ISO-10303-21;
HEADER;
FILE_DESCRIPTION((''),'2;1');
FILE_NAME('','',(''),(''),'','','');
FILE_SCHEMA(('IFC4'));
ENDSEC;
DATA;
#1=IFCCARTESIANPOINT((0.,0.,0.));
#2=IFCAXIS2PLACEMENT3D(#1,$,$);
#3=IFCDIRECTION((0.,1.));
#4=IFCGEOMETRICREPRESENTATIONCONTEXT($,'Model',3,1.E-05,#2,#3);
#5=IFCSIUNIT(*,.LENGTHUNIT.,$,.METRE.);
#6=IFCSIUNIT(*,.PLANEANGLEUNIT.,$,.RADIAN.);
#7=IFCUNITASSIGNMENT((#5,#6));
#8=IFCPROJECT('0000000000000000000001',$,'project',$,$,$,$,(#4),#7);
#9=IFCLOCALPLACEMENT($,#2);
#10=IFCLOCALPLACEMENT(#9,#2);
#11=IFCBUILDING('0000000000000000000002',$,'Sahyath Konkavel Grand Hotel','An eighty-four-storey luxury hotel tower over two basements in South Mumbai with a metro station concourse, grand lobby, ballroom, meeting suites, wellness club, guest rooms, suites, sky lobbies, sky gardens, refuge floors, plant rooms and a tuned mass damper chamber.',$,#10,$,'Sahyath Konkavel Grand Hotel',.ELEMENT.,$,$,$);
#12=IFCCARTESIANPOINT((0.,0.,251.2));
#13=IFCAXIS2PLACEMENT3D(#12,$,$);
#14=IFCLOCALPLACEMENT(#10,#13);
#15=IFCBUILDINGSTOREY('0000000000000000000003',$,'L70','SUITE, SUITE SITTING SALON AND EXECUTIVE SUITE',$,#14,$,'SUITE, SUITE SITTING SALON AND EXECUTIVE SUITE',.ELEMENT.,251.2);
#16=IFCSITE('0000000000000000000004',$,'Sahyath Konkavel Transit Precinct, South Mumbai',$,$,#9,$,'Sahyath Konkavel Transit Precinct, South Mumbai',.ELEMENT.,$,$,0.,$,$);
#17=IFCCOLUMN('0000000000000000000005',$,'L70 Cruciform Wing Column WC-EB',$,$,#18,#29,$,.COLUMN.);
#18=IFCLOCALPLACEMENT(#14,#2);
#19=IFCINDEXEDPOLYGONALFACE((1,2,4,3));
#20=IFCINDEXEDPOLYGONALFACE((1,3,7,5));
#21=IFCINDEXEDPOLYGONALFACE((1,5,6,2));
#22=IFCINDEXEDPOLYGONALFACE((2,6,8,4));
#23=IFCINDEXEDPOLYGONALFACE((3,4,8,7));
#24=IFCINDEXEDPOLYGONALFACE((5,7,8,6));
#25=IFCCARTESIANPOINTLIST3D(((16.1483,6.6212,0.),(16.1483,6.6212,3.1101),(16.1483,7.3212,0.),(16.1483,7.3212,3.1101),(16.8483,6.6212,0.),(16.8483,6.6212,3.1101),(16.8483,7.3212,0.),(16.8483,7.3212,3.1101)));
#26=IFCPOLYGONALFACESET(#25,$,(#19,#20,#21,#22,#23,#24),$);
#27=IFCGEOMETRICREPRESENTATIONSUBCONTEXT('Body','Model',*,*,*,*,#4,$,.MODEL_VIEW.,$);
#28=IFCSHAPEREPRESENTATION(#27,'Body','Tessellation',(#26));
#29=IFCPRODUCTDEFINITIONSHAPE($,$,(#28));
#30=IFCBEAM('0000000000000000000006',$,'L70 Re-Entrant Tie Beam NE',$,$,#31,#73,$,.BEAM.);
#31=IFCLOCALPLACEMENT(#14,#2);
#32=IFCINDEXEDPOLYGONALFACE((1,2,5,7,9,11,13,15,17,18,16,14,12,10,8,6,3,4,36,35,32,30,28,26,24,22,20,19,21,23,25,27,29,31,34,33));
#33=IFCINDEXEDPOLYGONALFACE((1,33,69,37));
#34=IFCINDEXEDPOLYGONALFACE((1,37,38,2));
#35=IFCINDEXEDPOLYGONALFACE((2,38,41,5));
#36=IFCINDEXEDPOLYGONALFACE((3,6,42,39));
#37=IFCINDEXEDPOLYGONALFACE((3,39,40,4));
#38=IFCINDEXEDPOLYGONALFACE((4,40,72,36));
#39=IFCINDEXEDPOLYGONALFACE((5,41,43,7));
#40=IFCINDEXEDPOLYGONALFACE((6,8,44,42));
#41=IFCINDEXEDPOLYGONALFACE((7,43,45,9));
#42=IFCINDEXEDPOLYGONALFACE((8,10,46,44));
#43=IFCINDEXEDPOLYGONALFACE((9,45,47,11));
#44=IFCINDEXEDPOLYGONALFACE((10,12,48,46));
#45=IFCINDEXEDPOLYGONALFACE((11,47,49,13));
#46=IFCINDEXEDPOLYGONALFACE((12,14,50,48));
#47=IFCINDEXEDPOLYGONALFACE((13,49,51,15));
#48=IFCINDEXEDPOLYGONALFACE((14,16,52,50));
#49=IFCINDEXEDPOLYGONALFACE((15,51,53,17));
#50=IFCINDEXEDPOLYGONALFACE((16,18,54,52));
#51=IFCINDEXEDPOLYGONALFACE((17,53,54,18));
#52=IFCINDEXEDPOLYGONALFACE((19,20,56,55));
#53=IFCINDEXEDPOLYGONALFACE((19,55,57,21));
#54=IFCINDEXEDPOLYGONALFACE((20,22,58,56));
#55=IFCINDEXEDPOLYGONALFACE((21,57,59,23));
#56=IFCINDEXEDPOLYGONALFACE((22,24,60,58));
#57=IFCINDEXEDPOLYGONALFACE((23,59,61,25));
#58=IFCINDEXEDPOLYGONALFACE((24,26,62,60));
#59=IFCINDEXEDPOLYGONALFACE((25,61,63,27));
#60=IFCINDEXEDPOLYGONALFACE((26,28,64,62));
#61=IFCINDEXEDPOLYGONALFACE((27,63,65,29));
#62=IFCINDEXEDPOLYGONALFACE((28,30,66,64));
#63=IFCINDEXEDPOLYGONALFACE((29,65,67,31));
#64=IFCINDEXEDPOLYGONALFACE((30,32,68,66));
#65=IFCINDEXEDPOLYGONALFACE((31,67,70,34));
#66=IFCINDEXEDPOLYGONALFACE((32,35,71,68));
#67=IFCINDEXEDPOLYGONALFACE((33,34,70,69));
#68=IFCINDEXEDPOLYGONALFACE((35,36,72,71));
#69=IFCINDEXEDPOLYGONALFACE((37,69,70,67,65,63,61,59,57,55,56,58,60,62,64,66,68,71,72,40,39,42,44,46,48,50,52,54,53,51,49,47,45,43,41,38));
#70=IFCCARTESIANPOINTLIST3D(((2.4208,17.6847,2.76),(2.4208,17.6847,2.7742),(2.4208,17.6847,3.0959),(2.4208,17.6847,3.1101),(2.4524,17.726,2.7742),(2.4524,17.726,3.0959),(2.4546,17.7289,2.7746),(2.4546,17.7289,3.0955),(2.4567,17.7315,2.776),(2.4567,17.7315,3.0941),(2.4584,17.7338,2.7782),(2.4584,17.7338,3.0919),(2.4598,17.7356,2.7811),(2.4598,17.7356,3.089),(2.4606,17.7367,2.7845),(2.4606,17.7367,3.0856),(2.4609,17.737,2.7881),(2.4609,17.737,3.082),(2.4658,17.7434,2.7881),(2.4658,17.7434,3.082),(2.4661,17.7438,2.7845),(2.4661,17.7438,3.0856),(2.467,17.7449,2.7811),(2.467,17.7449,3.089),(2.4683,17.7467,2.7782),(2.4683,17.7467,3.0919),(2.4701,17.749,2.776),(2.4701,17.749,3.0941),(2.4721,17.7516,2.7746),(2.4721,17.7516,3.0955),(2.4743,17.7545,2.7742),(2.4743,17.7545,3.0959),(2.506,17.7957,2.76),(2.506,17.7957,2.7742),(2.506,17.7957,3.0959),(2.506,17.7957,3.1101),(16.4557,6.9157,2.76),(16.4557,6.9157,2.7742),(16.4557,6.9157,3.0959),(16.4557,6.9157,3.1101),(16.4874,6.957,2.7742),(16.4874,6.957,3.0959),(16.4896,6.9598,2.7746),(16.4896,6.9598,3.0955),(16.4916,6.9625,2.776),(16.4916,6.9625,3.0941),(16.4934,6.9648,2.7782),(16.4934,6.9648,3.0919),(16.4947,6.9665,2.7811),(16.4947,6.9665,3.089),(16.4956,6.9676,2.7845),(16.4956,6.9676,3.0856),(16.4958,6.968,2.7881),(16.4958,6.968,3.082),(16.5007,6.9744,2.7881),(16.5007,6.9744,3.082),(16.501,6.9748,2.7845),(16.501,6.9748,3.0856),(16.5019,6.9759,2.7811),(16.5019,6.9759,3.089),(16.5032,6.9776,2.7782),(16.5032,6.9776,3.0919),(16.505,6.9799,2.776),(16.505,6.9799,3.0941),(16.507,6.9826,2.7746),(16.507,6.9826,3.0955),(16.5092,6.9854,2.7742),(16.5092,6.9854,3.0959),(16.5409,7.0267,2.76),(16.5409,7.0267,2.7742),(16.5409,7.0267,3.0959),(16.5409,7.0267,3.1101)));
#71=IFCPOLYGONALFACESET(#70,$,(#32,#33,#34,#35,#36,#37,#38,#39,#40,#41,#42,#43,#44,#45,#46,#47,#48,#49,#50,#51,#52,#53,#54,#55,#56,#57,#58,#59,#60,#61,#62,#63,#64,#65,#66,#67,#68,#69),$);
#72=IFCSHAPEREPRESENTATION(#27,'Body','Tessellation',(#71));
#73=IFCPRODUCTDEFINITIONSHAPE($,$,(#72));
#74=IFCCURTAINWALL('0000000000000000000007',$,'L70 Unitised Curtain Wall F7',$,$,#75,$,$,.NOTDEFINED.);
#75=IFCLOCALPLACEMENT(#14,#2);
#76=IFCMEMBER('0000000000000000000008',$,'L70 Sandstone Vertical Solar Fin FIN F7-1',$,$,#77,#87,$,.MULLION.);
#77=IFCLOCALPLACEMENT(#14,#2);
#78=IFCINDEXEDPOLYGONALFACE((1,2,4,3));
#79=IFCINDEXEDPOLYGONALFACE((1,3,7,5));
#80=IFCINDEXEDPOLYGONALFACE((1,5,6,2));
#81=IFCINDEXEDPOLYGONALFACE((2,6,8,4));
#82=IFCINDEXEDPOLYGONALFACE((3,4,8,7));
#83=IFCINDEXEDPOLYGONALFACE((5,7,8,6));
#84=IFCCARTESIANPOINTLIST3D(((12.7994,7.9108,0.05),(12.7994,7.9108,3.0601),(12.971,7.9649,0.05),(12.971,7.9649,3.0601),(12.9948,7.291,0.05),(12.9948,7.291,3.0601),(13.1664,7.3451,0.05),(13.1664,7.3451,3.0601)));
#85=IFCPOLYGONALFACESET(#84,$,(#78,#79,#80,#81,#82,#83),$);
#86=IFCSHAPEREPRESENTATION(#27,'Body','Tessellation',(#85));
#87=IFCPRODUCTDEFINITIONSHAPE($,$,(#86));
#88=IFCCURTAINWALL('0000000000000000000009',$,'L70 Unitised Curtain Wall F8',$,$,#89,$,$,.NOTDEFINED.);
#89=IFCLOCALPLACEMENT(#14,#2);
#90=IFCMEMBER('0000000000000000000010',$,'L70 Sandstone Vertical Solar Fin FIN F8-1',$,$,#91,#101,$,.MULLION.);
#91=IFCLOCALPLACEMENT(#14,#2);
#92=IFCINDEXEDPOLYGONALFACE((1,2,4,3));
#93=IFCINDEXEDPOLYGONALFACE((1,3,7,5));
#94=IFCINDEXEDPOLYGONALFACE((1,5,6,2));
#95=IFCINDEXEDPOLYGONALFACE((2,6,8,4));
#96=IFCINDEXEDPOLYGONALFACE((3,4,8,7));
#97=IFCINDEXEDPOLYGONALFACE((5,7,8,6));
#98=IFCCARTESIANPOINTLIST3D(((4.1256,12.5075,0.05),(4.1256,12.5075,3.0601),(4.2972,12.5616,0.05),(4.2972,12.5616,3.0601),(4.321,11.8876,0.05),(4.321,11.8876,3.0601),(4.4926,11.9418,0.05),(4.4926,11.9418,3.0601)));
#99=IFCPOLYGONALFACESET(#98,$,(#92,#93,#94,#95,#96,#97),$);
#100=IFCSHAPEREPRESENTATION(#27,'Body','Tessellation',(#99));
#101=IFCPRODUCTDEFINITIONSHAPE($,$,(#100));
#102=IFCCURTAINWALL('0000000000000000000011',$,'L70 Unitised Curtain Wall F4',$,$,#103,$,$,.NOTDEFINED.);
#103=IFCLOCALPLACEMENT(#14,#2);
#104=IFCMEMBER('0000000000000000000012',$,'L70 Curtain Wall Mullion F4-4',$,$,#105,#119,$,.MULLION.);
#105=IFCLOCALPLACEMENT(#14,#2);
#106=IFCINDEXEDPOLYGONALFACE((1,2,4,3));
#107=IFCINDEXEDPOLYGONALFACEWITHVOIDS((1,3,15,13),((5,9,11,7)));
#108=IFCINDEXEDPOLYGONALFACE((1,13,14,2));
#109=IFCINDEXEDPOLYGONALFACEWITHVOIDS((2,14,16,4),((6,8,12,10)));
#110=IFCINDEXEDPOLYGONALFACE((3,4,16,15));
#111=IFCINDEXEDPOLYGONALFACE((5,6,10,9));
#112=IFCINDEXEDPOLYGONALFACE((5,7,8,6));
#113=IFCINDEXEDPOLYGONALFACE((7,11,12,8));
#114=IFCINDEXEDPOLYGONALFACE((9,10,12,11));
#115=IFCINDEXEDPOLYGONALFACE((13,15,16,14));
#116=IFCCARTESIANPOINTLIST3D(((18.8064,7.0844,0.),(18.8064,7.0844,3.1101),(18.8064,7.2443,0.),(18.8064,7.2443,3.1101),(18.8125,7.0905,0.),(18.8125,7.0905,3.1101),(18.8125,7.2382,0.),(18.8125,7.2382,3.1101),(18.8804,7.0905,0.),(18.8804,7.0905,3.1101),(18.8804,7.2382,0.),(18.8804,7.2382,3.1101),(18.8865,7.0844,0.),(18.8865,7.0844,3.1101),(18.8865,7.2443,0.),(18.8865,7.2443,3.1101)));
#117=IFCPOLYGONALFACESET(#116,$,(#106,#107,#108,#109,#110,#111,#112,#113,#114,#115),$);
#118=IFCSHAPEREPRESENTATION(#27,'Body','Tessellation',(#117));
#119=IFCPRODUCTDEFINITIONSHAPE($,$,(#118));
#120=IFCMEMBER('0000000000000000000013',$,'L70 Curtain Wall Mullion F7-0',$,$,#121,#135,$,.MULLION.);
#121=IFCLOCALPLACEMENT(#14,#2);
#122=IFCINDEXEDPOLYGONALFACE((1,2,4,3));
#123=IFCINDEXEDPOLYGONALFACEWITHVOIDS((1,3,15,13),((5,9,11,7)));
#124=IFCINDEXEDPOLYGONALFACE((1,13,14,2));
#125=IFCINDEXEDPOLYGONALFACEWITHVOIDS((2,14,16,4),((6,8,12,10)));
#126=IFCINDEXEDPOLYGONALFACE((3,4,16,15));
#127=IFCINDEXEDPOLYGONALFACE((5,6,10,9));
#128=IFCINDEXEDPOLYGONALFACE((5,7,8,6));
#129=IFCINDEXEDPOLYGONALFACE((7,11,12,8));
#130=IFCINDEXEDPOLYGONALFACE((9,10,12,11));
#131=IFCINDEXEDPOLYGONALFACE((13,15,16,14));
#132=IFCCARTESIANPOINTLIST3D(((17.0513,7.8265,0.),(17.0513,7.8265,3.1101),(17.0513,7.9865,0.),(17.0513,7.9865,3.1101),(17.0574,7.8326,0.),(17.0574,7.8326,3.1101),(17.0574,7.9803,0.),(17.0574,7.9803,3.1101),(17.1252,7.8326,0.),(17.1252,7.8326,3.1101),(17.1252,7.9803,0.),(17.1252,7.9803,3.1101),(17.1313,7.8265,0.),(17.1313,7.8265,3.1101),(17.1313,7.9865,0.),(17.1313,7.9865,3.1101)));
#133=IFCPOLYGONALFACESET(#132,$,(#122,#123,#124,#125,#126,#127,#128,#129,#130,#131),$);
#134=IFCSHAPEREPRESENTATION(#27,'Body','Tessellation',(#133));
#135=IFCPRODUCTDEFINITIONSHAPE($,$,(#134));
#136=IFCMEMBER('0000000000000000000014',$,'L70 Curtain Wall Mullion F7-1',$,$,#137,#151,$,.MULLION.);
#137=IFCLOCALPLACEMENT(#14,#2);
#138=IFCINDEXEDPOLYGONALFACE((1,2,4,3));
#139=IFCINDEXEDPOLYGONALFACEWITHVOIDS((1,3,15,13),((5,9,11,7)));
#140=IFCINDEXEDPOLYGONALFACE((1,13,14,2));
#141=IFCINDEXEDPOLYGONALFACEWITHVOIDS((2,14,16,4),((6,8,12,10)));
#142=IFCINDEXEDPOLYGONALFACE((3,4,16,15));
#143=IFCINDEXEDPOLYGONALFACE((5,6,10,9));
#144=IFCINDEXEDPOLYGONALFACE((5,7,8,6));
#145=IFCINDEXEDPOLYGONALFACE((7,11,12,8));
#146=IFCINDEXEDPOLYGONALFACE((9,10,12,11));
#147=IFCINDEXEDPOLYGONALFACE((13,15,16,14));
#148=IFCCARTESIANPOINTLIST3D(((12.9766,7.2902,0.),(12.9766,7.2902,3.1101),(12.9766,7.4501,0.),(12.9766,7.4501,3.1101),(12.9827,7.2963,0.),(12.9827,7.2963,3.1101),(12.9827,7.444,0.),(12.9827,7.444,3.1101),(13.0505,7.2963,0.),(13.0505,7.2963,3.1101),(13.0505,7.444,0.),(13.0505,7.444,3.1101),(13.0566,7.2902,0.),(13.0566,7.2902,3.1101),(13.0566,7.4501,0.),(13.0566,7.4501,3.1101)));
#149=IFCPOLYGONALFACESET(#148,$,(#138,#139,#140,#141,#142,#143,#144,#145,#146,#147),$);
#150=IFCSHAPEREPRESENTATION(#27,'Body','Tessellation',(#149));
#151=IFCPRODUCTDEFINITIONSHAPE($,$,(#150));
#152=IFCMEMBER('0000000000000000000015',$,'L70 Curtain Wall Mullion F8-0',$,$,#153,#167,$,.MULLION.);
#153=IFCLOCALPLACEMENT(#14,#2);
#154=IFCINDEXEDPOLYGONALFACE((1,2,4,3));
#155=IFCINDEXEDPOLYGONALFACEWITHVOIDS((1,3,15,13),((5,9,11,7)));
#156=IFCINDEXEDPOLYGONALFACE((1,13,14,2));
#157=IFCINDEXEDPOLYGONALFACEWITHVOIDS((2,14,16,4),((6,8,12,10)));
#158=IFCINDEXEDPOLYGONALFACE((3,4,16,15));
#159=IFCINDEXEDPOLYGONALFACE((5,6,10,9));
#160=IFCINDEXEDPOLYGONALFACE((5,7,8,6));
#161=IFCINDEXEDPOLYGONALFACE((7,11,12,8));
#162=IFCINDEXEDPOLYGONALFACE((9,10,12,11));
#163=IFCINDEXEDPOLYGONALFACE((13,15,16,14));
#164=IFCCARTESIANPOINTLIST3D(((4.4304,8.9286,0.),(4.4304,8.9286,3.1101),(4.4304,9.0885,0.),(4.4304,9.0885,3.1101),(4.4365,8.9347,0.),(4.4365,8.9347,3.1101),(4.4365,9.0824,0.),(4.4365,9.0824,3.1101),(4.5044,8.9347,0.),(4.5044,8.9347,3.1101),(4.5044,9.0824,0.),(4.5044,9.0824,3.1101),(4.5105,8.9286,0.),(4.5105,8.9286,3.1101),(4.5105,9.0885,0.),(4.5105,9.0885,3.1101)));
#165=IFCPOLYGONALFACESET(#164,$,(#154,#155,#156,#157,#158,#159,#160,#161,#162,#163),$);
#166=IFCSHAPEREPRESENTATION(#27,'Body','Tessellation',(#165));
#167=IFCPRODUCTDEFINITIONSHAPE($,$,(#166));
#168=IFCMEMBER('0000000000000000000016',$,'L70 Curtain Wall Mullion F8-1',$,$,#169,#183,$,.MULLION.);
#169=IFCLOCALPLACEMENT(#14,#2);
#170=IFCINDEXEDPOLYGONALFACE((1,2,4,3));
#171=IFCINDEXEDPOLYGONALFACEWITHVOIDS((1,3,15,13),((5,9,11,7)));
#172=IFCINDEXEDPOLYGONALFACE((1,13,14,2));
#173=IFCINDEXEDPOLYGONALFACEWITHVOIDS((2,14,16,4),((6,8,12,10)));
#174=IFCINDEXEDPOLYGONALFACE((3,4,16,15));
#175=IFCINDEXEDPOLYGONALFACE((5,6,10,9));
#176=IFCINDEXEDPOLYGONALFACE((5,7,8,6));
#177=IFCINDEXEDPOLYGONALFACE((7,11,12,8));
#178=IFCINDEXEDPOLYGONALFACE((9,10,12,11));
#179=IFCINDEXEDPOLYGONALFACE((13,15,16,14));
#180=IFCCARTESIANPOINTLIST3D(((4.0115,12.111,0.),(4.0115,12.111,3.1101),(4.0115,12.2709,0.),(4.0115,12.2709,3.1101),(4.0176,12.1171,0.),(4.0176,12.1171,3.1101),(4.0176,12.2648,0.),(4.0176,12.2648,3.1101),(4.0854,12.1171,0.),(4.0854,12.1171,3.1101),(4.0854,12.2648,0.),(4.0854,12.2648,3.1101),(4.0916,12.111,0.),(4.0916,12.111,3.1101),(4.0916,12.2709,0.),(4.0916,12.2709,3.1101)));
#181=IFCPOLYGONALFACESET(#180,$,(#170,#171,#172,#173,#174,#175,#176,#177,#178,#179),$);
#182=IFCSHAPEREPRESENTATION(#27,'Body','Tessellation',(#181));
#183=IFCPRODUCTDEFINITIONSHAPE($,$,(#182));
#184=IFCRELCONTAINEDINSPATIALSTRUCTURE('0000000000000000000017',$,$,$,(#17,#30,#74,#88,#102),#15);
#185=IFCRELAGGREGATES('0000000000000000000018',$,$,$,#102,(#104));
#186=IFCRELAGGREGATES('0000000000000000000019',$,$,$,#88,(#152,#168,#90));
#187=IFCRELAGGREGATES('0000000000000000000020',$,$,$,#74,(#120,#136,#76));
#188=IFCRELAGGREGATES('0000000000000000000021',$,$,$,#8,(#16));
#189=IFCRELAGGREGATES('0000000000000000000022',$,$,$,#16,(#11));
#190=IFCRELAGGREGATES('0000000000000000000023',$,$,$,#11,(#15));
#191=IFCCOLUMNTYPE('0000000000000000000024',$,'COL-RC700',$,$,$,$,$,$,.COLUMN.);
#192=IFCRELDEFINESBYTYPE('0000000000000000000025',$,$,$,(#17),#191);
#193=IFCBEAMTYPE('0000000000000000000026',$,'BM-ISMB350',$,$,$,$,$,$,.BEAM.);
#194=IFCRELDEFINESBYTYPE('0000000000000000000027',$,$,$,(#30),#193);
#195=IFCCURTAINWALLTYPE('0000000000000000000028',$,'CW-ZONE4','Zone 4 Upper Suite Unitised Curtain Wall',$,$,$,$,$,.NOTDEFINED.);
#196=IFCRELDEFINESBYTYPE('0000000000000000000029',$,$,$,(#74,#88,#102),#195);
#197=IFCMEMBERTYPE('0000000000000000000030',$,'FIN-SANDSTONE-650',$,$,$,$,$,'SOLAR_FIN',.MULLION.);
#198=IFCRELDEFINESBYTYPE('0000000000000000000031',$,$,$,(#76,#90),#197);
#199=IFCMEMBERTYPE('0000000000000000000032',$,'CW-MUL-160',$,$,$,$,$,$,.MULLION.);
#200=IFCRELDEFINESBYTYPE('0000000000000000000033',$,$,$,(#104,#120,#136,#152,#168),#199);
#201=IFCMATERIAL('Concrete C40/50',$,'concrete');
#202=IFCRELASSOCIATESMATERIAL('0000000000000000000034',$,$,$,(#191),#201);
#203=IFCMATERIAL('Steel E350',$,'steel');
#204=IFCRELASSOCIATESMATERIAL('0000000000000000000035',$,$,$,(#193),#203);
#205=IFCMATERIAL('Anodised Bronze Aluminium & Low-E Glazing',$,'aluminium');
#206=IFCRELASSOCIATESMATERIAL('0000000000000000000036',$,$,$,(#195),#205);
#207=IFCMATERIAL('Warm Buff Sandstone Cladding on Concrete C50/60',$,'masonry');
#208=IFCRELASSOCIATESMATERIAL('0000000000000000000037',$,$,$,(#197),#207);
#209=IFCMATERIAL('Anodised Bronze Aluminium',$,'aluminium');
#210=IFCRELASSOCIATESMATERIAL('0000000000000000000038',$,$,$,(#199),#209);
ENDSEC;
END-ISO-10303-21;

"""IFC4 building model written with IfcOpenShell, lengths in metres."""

from ifc_helpers import new_model, si_unit, direction, frame, origin, origin_2d, place, context, subcontext, project, spatial, rectangle, hollow_rectangle, i_section, extrude, source, transform, mapped, material, material_profile, profile_set, type_object, element, aggregate, save


model = new_model("IFC4")

# Units and contexts
model_context = context("Model", 3, precision=1e-05, world=origin(), true_north=direction((0.0, 1.0)))
body_context = subcontext(model_context, "Body", "Model", "MODEL_VIEW")
ifc_project = project(units=[si_unit("LENGTHUNIT", "METRE"), si_unit("PLANEANGLEUNIT", "RADIAN")], contexts=[model_context])

# Site, building, storey
site_placement = place(None, origin())
site = spatial("IfcSite", under=ifc_project, at=site_placement, Name="Sahyath Konkavel Transit Precinct, South Mumbai", LongName="Sahyath Konkavel Transit Precinct, South Mumbai", CompositionType="ELEMENT", RefElevation=0.0)
building_placement = place(site_placement, origin())
building = spatial("IfcBuilding", under=site, at=building_placement, Name="Sahyath Konkavel Grand Hotel", Description="An eighty-four-storey luxury hotel tower over two basements in South Mumbai with a metro station concourse, grand lobby, ballroom, meeting suites, wellness club, guest rooms, suites, sky lobbies, sky gardens, refuge floors, plant rooms and a tuned mass damper chamber.", LongName="Sahyath Konkavel Grand Hotel", CompositionType="ELEMENT")
storey_placement = place(building_placement, frame((0.0, 0.0, 251.2)))
storey = spatial("IfcBuildingStorey", under=building, at=storey_placement, Name="L70", Description="SUITE, SUITE SITTING SALON AND EXECUTIVE SUITE", LongName="SUITE, SUITE SITTING SALON AND EXECUTIVE SUITE", CompositionType="ELEMENT", Elevation=251.2)

# Column
ifc_material_1 = material(Name="Concrete C40/50", Category="concrete")
ifc_material_profile_1 = material_profile(ifc_material_1, rectangle(XDim=0.7, YDim=0.7, at=origin_2d()), Name="RC 700x700")
ifc_profile_set_1 = profile_set([ifc_material_profile_1], Name="Concrete C40/50")
column_type = type_object("IfcColumnType", Name="COL-RC700", PredefinedType="COLUMN", material=ifc_profile_set_1)
shared_shape_1 = source(origin(), body_context, "Body", "SweptSolid", [
    extrude(rectangle(XDim=0.7, YDim=0.7, at=origin_2d()), origin(), (0.0, 0.0, 1.0), 3.1101),
])
column_placement = place(storey_placement, frame((16.4983, 6.9712, 0.0), z_axis=(0.0, 0.0, 1.0), x_axis=(1.0, 0.0, 0.0)))
element("IfcColumn", 1, at=column_placement, inside=storey, type_object=column_type, Name="L70 Cruciform Wing Column WC-EB", PredefinedType="COLUMN", context=body_context, shape_type="MappedRepresentation", body=[
    mapped(shared_shape_1, transform((0.0, 0.0, 0.0), scale=1.0)),
])

# Beam
ifc_material_2 = material(Name="Steel E350", Category="steel")
ifc_material_profile_2 = material_profile(ifc_material_2, i_section(OverallWidth=0.1399, OverallDepth=0.3501, WebThickness=0.0081, FlangeThickness=0.0142, FilletRadius=0.0139, at=origin_2d()), Name="ISMB 350")
ifc_profile_set_2 = profile_set([ifc_material_profile_2], Name="Steel E350")
beam_type = type_object("IfcBeamType", Name="BM-ISMB350", PredefinedType="BEAM", material=ifc_profile_set_2)
shared_shape_2 = source(origin(), body_context, "Body", "SweptSolid", [
    extrude(i_section(OverallWidth=0.1399, OverallDepth=0.3501, WebThickness=0.0081, FlangeThickness=0.0142, FilletRadius=0.0139, at=origin_2d()), origin(), (0.0, 0.0, 1.0), 17.6904),
])
beam_placement = place(storey_placement, frame((16.4983, 6.9712, 2.9351), z_axis=(-0.793362, 0.60875, 0.0), x_axis=(-0.60875, -0.793362, 0.0)))
element("IfcBeam", 2, at=beam_placement, inside=storey, type_object=beam_type, Name="L70 Re-Entrant Tie Beam NE", PredefinedType="BEAM", context=body_context, shape_type="MappedRepresentation", body=[
    mapped(shared_shape_2, transform((0.0, 0.0, 0.0), scale=1.0)),
])

# Curtain walls, members
ifc_material_3 = material(Name="Anodised Bronze Aluminium & Low-E Glazing", Category="aluminium")
curtain_wall_type = type_object("IfcCurtainWallType", Name="CW-ZONE4", Description="Zone 4 Upper Suite Unitised Curtain Wall", PredefinedType="NOTDEFINED", material=ifc_material_3)
curtain_wall_1_placement = place(storey_placement, origin())
curtain_wall_1 = element("IfcCurtainWall", 3, at=curtain_wall_1_placement, inside=storey, type_object=curtain_wall_type, Name="L70 Unitised Curtain Wall F7", PredefinedType="NOTDEFINED")
ifc_material_4 = material(Name="Warm Buff Sandstone Cladding on Concrete C50/60", Category="masonry")
ifc_material_profile_3 = material_profile(ifc_material_4, rectangle(XDim=0.1799, YDim=0.6499, at=origin_2d()), Name="FIN 180x650")
ifc_profile_set_3 = profile_set([ifc_material_profile_3], Name="Warm Buff Sandstone Cladding on Concrete C50/60")
member_type_1 = type_object("IfcMemberType", Name="FIN-SANDSTONE-650", ElementType="SOLAR_FIN", PredefinedType="MULLION", material=ifc_profile_set_3)
shared_shape_3 = source(origin(), body_context, "Body", "SweptSolid", [
    extrude(rectangle(XDim=0.1799, YDim=0.6499, at=origin_2d()), origin(), (0.0, 0.0, 1.0), 3.01),
])
member_1_placement = place(storey_placement, frame((12.9829, 7.6279, 0.05), z_axis=(0.0, 0.0, 1.0), x_axis=(0.953717, 0.300706, 0.0)))
member_1 = element("IfcMember", 4, at=member_1_placement, type_object=member_type_1, Name="L70 Sandstone Vertical Solar Fin FIN F7-1", PredefinedType="MULLION", context=body_context, shape_type="MappedRepresentation", body=[
    mapped(shared_shape_3, transform((0.0, 0.0, 0.0), scale=1.0)),
])
curtain_wall_2_placement = place(storey_placement, origin())
curtain_wall_2 = element("IfcCurtainWall", 5, at=curtain_wall_2_placement, inside=storey, type_object=curtain_wall_type, Name="L70 Unitised Curtain Wall F8", PredefinedType="NOTDEFINED")
member_2_placement = place(storey_placement, frame((4.3091, 12.2246, 0.05), z_axis=(0.0, 0.0, 1.0), x_axis=(0.953717, 0.300706, 0.0)))
member_2 = element("IfcMember", 6, at=member_2_placement, type_object=member_type_1, Name="L70 Sandstone Vertical Solar Fin FIN F8-1", PredefinedType="MULLION", context=body_context, shape_type="MappedRepresentation", body=[
    mapped(shared_shape_3, transform((0.0, 0.0, 0.0), scale=1.0)),
])
curtain_wall_3_placement = place(storey_placement, origin())
curtain_wall_3 = element("IfcCurtainWall", 7, at=curtain_wall_3_placement, inside=storey, type_object=curtain_wall_type, Name="L70 Unitised Curtain Wall F4", PredefinedType="NOTDEFINED")
ifc_material_5 = material(Name="Anodised Bronze Aluminium", Category="aluminium")
ifc_material_profile_4 = material_profile(ifc_material_5, hollow_rectangle(XDim=0.0801, YDim=0.1599, WallThickness=0.0061, at=origin_2d()), Name="RHS 160x80x6")
ifc_profile_set_4 = profile_set([ifc_material_profile_4], Name="Anodised Bronze Aluminium")
member_type_2 = type_object("IfcMemberType", Name="CW-MUL-160", PredefinedType="MULLION", material=ifc_profile_set_4)
shared_shape_4 = source(origin(), body_context, "Body", "SweptSolid", [
    extrude(hollow_rectangle(XDim=0.0801, YDim=0.1599, WallThickness=0.0061, at=origin_2d()), origin(), (0.0, 0.0, 1.0), 3.1101),
])
member_3_placement = place(storey_placement, frame((18.8464, 7.1643, 0.0), z_axis=(0.0, 0.0, 1.0), x_axis=(1.0, 0.0, 0.0)))
member_3 = element("IfcMember", 8, at=member_3_placement, type_object=member_type_2, Name="L70 Curtain Wall Mullion F4-4", PredefinedType="MULLION", context=body_context, shape_type="MappedRepresentation", body=[
    mapped(shared_shape_4, transform((0.0, 0.0, 0.0), scale=1.0)),
])
aggregate(curtain_wall_3, [member_3])

# Members
member_4_placement = place(storey_placement, frame((17.0913, 7.9065, 0.0), z_axis=(0.0, 0.0, 1.0), x_axis=(1.0, 0.0, 0.0)))
member_4 = element("IfcMember", 9, at=member_4_placement, type_object=member_type_2, Name="L70 Curtain Wall Mullion F7-0", PredefinedType="MULLION", context=body_context, shape_type="MappedRepresentation", body=[
    mapped(shared_shape_4, transform((0.0, 0.0, 0.0), scale=1.0)),
])
member_5_placement = place(storey_placement, frame((13.0166, 7.3701, 0.0), z_axis=(0.0, 0.0, 1.0), x_axis=(1.0, 0.0, 0.0)))
member_5 = element("IfcMember", 10, at=member_5_placement, type_object=member_type_2, Name="L70 Curtain Wall Mullion F7-1", PredefinedType="MULLION", context=body_context, shape_type="MappedRepresentation", body=[
    mapped(shared_shape_4, transform((0.0, 0.0, 0.0), scale=1.0)),
])
member_6_placement = place(storey_placement, frame((4.4705, 9.0085, 0.0), z_axis=(0.0, 0.0, 1.0), x_axis=(1.0, 0.0, 0.0)))
member_6 = element("IfcMember", 11, at=member_6_placement, type_object=member_type_2, Name="L70 Curtain Wall Mullion F8-0", PredefinedType="MULLION", context=body_context, shape_type="MappedRepresentation", body=[
    mapped(shared_shape_4, transform((0.0, 0.0, 0.0), scale=1.0)),
])
member_7_placement = place(storey_placement, frame((4.0515, 12.1909, 0.0), z_axis=(0.0, 0.0, 1.0), x_axis=(1.0, 0.0, 0.0)))
member_7 = element("IfcMember", 12, at=member_7_placement, type_object=member_type_2, Name="L70 Curtain Wall Mullion F8-1", PredefinedType="MULLION", context=body_context, shape_type="MappedRepresentation", body=[
    mapped(shared_shape_4, transform((0.0, 0.0, 0.0), scale=1.0)),
])

aggregate(curtain_wall_2, [member_6, member_7, member_2])
aggregate(curtain_wall_1, [member_4, member_5, member_1])

save(model, "model.ifc")
